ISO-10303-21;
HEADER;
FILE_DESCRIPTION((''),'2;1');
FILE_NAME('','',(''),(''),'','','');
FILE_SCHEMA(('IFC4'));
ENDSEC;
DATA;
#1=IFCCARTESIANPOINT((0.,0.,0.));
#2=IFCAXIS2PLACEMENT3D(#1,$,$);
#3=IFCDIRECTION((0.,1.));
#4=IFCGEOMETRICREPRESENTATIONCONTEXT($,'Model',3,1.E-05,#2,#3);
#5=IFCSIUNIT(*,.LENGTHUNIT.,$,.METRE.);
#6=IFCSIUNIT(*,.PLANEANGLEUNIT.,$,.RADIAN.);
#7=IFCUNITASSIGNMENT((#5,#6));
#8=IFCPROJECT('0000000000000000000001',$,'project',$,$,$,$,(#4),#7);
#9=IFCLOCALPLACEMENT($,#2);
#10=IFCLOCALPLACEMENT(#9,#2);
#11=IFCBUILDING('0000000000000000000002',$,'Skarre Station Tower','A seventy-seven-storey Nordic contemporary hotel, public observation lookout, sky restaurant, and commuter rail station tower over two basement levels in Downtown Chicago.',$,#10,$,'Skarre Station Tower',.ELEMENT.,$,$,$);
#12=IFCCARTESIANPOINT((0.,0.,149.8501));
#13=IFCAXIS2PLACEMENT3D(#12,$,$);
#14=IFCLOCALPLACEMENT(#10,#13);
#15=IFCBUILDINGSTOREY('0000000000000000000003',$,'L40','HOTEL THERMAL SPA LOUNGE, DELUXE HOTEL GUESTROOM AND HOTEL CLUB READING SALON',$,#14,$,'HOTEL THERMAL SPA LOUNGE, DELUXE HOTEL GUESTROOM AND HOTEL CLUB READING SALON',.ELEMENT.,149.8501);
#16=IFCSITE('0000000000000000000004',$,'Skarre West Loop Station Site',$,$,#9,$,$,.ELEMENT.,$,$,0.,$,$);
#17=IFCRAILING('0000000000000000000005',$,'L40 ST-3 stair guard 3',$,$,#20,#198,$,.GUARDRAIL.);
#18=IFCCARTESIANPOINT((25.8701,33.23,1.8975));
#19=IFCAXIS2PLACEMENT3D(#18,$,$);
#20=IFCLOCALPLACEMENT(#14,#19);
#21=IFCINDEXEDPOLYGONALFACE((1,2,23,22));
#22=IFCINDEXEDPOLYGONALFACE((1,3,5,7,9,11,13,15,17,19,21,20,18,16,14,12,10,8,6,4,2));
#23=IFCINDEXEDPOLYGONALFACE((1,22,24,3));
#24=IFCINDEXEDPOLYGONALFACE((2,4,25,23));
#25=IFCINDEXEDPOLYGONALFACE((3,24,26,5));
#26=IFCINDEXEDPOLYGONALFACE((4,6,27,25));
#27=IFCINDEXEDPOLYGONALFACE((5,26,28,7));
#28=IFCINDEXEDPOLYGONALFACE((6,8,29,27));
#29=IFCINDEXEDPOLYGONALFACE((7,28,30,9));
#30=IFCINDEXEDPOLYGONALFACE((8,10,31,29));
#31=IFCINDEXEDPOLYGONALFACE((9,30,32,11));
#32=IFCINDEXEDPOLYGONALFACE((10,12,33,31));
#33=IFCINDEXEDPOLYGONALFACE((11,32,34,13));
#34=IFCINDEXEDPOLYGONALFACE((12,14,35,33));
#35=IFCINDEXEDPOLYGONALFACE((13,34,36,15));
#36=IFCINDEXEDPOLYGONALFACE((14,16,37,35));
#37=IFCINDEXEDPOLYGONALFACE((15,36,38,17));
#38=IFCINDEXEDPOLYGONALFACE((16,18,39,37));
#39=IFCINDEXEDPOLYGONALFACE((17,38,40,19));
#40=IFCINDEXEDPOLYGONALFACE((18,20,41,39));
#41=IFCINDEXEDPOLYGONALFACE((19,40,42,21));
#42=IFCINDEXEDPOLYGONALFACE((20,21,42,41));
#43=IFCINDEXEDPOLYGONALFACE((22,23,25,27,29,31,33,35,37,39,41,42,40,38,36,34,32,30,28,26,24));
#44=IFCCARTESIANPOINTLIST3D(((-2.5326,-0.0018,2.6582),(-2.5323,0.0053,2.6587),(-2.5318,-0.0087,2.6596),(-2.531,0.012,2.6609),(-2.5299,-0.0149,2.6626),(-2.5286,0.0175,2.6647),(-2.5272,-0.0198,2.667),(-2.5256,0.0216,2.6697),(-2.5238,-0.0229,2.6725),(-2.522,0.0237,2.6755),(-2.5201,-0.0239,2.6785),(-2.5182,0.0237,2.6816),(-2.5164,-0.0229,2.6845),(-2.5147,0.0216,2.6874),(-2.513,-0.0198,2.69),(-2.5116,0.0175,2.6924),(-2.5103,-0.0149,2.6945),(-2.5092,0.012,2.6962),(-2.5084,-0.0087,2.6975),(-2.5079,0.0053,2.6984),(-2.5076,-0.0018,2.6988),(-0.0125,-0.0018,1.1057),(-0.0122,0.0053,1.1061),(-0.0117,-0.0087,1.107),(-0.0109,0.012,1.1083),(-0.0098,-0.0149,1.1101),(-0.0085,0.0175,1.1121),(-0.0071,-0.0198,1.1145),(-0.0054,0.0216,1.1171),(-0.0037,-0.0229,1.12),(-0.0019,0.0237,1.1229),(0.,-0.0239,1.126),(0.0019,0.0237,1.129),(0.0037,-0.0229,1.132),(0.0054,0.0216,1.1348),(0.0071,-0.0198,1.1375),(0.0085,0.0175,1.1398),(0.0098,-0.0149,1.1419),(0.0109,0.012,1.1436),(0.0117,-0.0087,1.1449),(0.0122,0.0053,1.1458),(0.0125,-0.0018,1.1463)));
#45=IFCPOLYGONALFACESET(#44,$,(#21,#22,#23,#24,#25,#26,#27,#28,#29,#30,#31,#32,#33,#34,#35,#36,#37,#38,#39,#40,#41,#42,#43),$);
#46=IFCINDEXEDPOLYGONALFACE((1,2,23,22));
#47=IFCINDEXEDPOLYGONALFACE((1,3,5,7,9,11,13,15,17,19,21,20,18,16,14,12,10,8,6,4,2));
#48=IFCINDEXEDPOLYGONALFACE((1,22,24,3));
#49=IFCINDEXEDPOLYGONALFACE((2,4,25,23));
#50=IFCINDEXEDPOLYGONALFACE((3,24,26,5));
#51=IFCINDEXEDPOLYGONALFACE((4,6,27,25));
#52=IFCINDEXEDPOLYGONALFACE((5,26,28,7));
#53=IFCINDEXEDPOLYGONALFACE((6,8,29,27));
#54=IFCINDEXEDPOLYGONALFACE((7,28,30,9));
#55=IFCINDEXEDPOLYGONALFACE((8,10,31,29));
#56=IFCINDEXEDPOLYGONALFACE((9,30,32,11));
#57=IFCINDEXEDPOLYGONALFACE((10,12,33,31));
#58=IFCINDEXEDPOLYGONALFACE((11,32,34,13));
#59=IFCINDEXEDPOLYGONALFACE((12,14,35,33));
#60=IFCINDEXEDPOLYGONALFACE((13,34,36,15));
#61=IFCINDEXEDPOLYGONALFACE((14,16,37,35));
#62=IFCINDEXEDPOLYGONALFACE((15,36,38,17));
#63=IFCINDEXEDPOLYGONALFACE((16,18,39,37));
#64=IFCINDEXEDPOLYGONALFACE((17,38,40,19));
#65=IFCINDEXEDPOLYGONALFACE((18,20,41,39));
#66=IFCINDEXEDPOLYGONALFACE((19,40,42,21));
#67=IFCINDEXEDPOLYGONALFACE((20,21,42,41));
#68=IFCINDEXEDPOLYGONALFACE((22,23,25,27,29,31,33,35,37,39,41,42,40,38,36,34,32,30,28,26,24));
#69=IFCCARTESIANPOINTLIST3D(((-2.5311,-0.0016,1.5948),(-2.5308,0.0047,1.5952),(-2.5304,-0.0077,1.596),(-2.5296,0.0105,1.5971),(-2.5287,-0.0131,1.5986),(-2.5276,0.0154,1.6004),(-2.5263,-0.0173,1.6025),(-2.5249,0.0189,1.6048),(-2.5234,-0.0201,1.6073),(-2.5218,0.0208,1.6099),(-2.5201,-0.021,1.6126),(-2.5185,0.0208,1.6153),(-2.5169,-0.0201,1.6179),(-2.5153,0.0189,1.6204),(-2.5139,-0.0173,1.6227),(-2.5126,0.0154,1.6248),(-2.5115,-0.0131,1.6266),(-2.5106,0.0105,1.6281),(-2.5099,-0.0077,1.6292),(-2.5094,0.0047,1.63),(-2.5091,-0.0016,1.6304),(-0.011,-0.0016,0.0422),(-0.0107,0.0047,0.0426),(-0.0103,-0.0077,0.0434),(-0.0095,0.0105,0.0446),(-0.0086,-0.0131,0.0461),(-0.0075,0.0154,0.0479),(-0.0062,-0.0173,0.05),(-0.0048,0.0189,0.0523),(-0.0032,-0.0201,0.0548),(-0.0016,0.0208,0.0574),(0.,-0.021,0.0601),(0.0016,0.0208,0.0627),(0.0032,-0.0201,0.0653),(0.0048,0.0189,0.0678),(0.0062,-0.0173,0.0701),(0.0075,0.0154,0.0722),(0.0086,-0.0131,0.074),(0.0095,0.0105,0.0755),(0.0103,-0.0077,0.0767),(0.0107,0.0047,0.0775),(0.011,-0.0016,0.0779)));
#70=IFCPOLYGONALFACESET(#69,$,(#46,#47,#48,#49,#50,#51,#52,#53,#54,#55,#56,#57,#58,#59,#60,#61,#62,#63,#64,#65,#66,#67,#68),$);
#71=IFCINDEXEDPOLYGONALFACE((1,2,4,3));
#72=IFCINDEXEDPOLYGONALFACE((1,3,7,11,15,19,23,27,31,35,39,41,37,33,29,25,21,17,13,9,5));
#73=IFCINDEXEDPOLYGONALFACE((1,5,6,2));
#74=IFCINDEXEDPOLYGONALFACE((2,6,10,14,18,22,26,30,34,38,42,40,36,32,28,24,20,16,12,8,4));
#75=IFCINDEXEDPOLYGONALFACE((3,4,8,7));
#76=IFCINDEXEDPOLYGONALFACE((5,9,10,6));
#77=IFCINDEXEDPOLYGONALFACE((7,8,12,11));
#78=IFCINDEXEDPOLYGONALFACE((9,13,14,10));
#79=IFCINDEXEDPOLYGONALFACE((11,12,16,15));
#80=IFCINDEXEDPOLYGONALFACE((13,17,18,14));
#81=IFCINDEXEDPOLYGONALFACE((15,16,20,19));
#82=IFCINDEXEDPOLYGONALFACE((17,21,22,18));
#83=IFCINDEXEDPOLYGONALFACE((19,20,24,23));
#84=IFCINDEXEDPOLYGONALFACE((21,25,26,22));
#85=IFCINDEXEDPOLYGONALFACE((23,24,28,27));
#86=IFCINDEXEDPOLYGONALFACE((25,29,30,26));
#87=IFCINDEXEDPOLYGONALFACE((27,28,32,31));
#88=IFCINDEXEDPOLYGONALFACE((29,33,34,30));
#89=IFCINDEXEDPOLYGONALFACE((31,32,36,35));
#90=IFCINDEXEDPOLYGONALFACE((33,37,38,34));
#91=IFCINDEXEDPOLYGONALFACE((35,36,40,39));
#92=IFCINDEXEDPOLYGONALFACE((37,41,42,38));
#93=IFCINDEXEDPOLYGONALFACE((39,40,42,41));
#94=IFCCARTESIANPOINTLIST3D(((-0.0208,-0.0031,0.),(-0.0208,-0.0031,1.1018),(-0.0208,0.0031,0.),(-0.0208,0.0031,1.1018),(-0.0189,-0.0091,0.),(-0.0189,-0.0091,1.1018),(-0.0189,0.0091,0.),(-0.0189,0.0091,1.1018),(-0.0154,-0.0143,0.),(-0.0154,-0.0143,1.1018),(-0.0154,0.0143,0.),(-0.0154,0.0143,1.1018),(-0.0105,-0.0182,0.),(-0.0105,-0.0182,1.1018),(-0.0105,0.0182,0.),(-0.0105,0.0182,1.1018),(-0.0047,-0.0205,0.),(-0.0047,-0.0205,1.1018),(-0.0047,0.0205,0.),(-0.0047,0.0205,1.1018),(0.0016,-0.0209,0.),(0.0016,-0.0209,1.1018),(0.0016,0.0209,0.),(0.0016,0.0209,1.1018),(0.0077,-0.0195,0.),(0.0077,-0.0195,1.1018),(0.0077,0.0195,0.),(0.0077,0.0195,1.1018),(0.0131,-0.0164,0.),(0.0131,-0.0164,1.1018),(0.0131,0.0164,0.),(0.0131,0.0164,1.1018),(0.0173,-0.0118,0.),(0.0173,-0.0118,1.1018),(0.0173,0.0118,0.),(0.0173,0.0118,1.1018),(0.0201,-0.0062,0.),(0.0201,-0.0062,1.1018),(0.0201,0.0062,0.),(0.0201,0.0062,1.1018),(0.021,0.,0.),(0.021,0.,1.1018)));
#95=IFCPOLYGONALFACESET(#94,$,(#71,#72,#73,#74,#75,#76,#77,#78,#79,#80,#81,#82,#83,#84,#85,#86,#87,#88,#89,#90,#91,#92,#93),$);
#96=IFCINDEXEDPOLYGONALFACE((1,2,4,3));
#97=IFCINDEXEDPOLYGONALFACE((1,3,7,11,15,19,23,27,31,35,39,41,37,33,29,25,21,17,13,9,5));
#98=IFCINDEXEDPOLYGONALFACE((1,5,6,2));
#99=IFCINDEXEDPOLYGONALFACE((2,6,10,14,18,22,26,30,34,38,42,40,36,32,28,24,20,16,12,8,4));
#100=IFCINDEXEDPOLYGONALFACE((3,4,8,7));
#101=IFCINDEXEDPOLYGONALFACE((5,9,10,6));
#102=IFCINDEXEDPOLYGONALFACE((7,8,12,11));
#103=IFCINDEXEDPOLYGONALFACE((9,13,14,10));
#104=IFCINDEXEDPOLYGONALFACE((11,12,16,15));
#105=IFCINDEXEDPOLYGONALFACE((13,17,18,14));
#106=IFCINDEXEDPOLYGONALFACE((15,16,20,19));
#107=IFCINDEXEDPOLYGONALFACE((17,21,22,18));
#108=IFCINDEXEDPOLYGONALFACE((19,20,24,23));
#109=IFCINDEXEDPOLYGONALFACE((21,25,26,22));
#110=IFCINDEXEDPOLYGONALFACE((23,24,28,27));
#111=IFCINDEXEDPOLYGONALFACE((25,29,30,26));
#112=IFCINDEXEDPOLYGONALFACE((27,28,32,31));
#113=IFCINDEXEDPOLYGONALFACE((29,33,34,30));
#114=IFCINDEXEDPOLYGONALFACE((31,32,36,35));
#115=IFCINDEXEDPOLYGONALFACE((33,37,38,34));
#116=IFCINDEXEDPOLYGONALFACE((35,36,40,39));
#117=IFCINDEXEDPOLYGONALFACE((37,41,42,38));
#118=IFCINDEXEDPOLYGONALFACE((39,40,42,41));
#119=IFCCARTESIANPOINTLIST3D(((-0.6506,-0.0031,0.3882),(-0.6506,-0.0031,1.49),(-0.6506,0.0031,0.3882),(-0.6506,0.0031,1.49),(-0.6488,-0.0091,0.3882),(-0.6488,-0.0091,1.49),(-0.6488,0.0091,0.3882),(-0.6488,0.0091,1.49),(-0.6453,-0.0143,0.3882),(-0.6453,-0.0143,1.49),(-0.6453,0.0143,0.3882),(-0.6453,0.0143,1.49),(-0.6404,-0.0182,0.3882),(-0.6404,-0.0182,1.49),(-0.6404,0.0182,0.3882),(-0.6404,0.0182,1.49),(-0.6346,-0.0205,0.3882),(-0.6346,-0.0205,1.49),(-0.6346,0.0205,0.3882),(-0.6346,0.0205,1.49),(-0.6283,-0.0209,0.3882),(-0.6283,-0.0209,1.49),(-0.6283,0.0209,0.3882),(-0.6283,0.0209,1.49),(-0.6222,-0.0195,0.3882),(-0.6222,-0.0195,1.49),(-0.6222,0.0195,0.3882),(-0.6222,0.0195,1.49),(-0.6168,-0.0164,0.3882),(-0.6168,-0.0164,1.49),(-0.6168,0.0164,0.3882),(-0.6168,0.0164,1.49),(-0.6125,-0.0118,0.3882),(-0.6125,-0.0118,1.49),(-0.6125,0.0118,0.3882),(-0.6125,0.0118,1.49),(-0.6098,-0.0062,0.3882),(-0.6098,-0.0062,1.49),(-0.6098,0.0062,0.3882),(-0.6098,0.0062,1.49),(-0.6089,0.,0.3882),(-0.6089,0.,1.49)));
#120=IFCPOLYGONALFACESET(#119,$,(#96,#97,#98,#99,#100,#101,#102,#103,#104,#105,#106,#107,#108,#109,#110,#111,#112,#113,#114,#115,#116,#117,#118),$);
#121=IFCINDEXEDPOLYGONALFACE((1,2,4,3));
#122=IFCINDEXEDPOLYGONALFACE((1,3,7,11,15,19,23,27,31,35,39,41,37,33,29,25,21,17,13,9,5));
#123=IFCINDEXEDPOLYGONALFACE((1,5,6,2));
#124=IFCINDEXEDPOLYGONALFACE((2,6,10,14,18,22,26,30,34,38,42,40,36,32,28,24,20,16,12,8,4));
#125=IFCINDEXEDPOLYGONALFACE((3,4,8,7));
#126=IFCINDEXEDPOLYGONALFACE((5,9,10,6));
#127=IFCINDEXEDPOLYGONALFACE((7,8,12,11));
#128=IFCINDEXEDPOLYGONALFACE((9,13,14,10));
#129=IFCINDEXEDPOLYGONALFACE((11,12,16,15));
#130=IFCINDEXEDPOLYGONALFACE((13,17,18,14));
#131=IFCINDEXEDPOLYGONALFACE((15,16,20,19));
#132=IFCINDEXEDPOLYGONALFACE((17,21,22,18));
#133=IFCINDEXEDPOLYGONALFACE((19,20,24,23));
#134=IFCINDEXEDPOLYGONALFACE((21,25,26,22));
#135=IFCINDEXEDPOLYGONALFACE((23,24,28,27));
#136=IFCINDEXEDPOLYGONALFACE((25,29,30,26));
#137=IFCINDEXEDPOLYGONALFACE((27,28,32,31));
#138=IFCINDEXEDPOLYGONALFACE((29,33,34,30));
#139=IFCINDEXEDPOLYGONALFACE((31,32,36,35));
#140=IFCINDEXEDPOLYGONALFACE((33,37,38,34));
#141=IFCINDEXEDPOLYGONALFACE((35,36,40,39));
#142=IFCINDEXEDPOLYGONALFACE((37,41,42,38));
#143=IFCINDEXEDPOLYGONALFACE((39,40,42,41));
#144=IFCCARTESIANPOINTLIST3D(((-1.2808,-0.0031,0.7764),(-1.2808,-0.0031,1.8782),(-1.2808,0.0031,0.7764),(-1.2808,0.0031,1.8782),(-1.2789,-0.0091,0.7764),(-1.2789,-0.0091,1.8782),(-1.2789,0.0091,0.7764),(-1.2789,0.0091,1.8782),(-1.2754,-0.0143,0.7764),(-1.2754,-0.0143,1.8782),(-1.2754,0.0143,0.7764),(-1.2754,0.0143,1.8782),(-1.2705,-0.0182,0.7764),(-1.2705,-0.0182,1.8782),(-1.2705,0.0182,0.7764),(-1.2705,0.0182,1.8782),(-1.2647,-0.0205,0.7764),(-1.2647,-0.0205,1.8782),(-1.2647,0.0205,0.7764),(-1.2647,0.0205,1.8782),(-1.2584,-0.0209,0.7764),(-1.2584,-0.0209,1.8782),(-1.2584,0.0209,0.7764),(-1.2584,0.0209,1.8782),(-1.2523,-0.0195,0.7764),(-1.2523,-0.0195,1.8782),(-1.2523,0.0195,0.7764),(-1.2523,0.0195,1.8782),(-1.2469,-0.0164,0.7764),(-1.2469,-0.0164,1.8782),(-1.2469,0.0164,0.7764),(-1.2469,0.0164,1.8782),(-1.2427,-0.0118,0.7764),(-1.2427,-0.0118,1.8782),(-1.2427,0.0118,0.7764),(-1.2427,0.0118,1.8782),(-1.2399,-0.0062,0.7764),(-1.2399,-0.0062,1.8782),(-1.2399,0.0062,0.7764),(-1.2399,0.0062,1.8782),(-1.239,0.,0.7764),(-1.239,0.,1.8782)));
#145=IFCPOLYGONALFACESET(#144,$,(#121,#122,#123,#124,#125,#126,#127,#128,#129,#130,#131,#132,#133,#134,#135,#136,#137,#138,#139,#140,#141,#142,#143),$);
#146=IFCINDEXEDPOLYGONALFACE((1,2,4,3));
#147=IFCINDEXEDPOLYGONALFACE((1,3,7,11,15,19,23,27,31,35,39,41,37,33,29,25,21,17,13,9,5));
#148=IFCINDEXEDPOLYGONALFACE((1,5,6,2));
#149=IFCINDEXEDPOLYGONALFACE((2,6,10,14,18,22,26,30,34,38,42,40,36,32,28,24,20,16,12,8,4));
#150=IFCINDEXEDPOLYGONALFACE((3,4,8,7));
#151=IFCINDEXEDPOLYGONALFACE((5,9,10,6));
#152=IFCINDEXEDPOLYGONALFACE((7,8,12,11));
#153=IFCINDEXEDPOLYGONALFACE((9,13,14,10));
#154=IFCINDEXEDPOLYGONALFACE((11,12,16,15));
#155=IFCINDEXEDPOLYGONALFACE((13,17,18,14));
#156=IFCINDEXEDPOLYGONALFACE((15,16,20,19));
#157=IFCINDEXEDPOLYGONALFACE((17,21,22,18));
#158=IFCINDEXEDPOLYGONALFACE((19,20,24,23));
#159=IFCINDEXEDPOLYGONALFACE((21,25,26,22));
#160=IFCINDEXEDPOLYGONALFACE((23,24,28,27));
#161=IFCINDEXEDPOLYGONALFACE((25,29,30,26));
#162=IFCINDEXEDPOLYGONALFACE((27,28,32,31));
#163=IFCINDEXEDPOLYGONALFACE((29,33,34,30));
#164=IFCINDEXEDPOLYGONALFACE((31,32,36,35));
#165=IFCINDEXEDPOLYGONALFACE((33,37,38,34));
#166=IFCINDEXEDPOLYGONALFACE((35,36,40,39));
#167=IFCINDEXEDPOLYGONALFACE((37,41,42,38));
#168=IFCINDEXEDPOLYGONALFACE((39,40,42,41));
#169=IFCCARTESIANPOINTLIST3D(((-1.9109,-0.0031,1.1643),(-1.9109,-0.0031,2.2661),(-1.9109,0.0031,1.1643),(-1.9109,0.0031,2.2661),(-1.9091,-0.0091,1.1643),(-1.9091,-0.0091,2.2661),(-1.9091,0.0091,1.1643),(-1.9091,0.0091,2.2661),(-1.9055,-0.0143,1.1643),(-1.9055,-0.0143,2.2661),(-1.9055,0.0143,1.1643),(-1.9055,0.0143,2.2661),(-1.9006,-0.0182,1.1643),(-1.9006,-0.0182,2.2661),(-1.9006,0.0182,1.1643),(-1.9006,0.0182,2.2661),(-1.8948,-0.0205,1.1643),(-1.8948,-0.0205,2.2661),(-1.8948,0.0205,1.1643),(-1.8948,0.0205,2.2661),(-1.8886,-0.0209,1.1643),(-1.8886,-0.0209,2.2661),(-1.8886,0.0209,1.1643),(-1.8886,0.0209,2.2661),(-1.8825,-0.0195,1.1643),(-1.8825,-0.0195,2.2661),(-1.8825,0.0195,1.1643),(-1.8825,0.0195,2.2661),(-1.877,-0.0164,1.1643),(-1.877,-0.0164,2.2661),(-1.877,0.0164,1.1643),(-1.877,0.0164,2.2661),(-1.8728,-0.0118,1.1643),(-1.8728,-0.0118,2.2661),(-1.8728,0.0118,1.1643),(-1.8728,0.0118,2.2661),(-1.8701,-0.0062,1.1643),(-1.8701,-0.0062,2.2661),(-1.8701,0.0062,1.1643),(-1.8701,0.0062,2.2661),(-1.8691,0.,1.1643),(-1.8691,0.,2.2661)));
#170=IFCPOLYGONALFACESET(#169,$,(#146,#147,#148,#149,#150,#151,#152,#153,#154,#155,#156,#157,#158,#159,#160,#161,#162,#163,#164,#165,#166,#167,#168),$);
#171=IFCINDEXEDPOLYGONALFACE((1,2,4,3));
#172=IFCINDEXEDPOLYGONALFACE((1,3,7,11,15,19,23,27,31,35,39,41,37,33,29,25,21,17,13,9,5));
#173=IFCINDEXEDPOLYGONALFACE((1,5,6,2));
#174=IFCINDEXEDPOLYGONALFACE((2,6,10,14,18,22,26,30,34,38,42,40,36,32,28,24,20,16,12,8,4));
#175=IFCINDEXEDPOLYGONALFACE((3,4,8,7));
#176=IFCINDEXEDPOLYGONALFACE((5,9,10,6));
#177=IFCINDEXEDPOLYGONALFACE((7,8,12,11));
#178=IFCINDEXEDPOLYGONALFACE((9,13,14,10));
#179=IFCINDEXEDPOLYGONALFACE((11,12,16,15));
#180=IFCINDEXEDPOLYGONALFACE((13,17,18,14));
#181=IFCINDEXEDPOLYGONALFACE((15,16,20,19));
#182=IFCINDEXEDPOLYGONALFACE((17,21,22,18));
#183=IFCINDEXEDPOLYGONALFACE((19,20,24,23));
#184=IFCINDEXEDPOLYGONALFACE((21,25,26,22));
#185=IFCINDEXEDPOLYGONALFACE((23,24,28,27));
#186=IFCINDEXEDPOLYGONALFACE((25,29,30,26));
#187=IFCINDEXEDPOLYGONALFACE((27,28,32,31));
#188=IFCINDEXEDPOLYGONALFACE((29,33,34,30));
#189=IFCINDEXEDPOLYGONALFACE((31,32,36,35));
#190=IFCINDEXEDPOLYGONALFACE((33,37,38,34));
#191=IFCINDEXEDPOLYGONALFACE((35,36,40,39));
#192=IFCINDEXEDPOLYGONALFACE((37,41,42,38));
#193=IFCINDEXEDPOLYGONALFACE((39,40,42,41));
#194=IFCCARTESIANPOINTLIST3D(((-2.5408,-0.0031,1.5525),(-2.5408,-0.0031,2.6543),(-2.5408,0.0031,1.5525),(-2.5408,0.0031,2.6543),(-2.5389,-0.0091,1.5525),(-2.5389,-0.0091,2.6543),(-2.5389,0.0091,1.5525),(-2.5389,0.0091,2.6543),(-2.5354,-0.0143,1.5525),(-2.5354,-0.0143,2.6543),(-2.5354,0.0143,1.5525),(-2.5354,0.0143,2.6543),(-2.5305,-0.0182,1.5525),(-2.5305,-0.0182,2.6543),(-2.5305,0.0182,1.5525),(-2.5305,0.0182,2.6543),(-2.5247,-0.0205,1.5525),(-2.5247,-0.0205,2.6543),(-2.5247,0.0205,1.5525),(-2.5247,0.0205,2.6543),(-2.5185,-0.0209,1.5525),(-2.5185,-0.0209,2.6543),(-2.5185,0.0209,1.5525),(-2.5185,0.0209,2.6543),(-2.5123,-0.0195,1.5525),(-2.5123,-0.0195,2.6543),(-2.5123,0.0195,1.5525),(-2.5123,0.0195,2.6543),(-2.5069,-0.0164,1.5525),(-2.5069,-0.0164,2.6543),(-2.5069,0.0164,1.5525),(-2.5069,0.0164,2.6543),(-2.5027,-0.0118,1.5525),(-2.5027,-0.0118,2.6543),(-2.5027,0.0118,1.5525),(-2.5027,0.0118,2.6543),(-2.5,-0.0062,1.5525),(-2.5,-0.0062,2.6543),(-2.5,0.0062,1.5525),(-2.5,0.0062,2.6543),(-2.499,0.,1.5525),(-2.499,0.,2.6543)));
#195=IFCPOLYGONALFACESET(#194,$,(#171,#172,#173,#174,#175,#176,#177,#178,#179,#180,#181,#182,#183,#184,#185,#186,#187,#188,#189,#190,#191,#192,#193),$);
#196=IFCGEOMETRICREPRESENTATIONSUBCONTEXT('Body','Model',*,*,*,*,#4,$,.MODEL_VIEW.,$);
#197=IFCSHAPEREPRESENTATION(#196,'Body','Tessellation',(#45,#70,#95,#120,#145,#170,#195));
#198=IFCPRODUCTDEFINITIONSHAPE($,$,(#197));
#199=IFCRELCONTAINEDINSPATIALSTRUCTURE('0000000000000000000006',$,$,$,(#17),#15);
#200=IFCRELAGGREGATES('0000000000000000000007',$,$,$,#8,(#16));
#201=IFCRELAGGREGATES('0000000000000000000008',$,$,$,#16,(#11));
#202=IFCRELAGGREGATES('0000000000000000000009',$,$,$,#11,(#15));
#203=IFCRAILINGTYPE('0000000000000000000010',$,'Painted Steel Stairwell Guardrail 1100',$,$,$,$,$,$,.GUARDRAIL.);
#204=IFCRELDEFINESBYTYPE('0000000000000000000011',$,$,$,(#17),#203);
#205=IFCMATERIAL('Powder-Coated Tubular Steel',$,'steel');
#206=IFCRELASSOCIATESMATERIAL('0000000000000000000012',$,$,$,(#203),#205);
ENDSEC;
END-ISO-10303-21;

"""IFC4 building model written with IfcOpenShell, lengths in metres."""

from ifc_helpers import new_model, si_unit, direction, frame, origin, origin_2d, place, context, subcontext, project, spatial, circle, extrude, material, type_object, element, save


model = new_model("IFC4")

# Units and contexts
model_context = context("Model", 3, precision=1e-05, world=origin(), true_north=direction((0.0, 1.0)))
body_context = subcontext(model_context, "Body", "Model", "MODEL_VIEW")
ifc_project = project(units=[si_unit("LENGTHUNIT", "METRE"), si_unit("PLANEANGLEUNIT", "RADIAN")], contexts=[model_context])

# Site, building, storey
site_placement = place(None, origin())
site = spatial("IfcSite", under=ifc_project, at=site_placement, Name="Skarre West Loop Station Site", CompositionType="ELEMENT", RefElevation=0.0)
building_placement = place(site_placement, origin())
building = spatial("IfcBuilding", under=site, at=building_placement, Name="Skarre Station Tower", Description="A seventy-seven-storey Nordic contemporary hotel, public observation lookout, sky restaurant, and commuter rail station tower over two basement levels in Downtown Chicago.", LongName="Skarre Station Tower", CompositionType="ELEMENT")
storey_placement = place(building_placement, frame((0.0, 0.0, 149.8501)))
storey = spatial("IfcBuildingStorey", under=building, at=storey_placement, Name="L40", Description="HOTEL THERMAL SPA LOUNGE, DELUXE HOTEL GUESTROOM AND HOTEL CLUB READING SALON", LongName="HOTEL THERMAL SPA LOUNGE, DELUXE HOTEL GUESTROOM AND HOTEL CLUB READING SALON", CompositionType="ELEMENT", Elevation=149.8501)

# Railing
ifc_material_1 = material(Name="Powder-Coated Tubular Steel", Category="steel")
railing_type_1 = type_object("IfcRailingType", Name="Painted Steel Stairwell Guardrail 1100", PredefinedType="GUARDRAIL", material=ifc_material_1)
railing_1_placement = place(storey_placement, frame((25.8701, 33.23, 1.8975)))
element("IfcRailing", 1, at=railing_1_placement, inside=storey, type_object=railing_type_1, Name="L40 ST-3 stair guard 3", PredefinedType="GUARDRAIL", context=body_context, shape_type="SweptSolid", body=[
    extrude(circle(Radius=0.0239, at=origin_2d()), frame((0.0, 0.0, 1.126), z_axis=(-0.8514, 0.0, 0.524516), x_axis=(0.0, -1.0, 0.0)), (0.0, 0.0, 1.0), 2.96),
    extrude(circle(Radius=0.021, at=origin_2d()), frame((0.0, 0.0, 0.0601), z_axis=(-0.8514, 0.0, 0.524516), x_axis=(0.0, -1.0, 0.0)), (0.0, 0.0, 1.0), 2.96),
    extrude(circle(Radius=0.021, at=origin_2d()), origin(), (0.0, 0.0, 1.0), 1.1018),
    extrude(circle(Radius=0.021, at=origin_2d()), frame((-0.6299, 0.0, 0.3882)), (0.0, 0.0, 1.0), 1.1018),
    extrude(circle(Radius=0.021, at=origin_2d()), frame((-1.26, 0.0, 0.7764)), (0.0, 0.0, 1.0), 1.1018),
    extrude(circle(Radius=0.021, at=origin_2d()), frame((-1.8901, 0.0, 1.1643)), (0.0, 0.0, 1.0), 1.1018),
    extrude(circle(Radius=0.021, at=origin_2d()), frame((-2.52, 0.0, 1.5525)), (0.0, 0.0, 1.0), 1.1018),
])

save(model, "model.ifc")
